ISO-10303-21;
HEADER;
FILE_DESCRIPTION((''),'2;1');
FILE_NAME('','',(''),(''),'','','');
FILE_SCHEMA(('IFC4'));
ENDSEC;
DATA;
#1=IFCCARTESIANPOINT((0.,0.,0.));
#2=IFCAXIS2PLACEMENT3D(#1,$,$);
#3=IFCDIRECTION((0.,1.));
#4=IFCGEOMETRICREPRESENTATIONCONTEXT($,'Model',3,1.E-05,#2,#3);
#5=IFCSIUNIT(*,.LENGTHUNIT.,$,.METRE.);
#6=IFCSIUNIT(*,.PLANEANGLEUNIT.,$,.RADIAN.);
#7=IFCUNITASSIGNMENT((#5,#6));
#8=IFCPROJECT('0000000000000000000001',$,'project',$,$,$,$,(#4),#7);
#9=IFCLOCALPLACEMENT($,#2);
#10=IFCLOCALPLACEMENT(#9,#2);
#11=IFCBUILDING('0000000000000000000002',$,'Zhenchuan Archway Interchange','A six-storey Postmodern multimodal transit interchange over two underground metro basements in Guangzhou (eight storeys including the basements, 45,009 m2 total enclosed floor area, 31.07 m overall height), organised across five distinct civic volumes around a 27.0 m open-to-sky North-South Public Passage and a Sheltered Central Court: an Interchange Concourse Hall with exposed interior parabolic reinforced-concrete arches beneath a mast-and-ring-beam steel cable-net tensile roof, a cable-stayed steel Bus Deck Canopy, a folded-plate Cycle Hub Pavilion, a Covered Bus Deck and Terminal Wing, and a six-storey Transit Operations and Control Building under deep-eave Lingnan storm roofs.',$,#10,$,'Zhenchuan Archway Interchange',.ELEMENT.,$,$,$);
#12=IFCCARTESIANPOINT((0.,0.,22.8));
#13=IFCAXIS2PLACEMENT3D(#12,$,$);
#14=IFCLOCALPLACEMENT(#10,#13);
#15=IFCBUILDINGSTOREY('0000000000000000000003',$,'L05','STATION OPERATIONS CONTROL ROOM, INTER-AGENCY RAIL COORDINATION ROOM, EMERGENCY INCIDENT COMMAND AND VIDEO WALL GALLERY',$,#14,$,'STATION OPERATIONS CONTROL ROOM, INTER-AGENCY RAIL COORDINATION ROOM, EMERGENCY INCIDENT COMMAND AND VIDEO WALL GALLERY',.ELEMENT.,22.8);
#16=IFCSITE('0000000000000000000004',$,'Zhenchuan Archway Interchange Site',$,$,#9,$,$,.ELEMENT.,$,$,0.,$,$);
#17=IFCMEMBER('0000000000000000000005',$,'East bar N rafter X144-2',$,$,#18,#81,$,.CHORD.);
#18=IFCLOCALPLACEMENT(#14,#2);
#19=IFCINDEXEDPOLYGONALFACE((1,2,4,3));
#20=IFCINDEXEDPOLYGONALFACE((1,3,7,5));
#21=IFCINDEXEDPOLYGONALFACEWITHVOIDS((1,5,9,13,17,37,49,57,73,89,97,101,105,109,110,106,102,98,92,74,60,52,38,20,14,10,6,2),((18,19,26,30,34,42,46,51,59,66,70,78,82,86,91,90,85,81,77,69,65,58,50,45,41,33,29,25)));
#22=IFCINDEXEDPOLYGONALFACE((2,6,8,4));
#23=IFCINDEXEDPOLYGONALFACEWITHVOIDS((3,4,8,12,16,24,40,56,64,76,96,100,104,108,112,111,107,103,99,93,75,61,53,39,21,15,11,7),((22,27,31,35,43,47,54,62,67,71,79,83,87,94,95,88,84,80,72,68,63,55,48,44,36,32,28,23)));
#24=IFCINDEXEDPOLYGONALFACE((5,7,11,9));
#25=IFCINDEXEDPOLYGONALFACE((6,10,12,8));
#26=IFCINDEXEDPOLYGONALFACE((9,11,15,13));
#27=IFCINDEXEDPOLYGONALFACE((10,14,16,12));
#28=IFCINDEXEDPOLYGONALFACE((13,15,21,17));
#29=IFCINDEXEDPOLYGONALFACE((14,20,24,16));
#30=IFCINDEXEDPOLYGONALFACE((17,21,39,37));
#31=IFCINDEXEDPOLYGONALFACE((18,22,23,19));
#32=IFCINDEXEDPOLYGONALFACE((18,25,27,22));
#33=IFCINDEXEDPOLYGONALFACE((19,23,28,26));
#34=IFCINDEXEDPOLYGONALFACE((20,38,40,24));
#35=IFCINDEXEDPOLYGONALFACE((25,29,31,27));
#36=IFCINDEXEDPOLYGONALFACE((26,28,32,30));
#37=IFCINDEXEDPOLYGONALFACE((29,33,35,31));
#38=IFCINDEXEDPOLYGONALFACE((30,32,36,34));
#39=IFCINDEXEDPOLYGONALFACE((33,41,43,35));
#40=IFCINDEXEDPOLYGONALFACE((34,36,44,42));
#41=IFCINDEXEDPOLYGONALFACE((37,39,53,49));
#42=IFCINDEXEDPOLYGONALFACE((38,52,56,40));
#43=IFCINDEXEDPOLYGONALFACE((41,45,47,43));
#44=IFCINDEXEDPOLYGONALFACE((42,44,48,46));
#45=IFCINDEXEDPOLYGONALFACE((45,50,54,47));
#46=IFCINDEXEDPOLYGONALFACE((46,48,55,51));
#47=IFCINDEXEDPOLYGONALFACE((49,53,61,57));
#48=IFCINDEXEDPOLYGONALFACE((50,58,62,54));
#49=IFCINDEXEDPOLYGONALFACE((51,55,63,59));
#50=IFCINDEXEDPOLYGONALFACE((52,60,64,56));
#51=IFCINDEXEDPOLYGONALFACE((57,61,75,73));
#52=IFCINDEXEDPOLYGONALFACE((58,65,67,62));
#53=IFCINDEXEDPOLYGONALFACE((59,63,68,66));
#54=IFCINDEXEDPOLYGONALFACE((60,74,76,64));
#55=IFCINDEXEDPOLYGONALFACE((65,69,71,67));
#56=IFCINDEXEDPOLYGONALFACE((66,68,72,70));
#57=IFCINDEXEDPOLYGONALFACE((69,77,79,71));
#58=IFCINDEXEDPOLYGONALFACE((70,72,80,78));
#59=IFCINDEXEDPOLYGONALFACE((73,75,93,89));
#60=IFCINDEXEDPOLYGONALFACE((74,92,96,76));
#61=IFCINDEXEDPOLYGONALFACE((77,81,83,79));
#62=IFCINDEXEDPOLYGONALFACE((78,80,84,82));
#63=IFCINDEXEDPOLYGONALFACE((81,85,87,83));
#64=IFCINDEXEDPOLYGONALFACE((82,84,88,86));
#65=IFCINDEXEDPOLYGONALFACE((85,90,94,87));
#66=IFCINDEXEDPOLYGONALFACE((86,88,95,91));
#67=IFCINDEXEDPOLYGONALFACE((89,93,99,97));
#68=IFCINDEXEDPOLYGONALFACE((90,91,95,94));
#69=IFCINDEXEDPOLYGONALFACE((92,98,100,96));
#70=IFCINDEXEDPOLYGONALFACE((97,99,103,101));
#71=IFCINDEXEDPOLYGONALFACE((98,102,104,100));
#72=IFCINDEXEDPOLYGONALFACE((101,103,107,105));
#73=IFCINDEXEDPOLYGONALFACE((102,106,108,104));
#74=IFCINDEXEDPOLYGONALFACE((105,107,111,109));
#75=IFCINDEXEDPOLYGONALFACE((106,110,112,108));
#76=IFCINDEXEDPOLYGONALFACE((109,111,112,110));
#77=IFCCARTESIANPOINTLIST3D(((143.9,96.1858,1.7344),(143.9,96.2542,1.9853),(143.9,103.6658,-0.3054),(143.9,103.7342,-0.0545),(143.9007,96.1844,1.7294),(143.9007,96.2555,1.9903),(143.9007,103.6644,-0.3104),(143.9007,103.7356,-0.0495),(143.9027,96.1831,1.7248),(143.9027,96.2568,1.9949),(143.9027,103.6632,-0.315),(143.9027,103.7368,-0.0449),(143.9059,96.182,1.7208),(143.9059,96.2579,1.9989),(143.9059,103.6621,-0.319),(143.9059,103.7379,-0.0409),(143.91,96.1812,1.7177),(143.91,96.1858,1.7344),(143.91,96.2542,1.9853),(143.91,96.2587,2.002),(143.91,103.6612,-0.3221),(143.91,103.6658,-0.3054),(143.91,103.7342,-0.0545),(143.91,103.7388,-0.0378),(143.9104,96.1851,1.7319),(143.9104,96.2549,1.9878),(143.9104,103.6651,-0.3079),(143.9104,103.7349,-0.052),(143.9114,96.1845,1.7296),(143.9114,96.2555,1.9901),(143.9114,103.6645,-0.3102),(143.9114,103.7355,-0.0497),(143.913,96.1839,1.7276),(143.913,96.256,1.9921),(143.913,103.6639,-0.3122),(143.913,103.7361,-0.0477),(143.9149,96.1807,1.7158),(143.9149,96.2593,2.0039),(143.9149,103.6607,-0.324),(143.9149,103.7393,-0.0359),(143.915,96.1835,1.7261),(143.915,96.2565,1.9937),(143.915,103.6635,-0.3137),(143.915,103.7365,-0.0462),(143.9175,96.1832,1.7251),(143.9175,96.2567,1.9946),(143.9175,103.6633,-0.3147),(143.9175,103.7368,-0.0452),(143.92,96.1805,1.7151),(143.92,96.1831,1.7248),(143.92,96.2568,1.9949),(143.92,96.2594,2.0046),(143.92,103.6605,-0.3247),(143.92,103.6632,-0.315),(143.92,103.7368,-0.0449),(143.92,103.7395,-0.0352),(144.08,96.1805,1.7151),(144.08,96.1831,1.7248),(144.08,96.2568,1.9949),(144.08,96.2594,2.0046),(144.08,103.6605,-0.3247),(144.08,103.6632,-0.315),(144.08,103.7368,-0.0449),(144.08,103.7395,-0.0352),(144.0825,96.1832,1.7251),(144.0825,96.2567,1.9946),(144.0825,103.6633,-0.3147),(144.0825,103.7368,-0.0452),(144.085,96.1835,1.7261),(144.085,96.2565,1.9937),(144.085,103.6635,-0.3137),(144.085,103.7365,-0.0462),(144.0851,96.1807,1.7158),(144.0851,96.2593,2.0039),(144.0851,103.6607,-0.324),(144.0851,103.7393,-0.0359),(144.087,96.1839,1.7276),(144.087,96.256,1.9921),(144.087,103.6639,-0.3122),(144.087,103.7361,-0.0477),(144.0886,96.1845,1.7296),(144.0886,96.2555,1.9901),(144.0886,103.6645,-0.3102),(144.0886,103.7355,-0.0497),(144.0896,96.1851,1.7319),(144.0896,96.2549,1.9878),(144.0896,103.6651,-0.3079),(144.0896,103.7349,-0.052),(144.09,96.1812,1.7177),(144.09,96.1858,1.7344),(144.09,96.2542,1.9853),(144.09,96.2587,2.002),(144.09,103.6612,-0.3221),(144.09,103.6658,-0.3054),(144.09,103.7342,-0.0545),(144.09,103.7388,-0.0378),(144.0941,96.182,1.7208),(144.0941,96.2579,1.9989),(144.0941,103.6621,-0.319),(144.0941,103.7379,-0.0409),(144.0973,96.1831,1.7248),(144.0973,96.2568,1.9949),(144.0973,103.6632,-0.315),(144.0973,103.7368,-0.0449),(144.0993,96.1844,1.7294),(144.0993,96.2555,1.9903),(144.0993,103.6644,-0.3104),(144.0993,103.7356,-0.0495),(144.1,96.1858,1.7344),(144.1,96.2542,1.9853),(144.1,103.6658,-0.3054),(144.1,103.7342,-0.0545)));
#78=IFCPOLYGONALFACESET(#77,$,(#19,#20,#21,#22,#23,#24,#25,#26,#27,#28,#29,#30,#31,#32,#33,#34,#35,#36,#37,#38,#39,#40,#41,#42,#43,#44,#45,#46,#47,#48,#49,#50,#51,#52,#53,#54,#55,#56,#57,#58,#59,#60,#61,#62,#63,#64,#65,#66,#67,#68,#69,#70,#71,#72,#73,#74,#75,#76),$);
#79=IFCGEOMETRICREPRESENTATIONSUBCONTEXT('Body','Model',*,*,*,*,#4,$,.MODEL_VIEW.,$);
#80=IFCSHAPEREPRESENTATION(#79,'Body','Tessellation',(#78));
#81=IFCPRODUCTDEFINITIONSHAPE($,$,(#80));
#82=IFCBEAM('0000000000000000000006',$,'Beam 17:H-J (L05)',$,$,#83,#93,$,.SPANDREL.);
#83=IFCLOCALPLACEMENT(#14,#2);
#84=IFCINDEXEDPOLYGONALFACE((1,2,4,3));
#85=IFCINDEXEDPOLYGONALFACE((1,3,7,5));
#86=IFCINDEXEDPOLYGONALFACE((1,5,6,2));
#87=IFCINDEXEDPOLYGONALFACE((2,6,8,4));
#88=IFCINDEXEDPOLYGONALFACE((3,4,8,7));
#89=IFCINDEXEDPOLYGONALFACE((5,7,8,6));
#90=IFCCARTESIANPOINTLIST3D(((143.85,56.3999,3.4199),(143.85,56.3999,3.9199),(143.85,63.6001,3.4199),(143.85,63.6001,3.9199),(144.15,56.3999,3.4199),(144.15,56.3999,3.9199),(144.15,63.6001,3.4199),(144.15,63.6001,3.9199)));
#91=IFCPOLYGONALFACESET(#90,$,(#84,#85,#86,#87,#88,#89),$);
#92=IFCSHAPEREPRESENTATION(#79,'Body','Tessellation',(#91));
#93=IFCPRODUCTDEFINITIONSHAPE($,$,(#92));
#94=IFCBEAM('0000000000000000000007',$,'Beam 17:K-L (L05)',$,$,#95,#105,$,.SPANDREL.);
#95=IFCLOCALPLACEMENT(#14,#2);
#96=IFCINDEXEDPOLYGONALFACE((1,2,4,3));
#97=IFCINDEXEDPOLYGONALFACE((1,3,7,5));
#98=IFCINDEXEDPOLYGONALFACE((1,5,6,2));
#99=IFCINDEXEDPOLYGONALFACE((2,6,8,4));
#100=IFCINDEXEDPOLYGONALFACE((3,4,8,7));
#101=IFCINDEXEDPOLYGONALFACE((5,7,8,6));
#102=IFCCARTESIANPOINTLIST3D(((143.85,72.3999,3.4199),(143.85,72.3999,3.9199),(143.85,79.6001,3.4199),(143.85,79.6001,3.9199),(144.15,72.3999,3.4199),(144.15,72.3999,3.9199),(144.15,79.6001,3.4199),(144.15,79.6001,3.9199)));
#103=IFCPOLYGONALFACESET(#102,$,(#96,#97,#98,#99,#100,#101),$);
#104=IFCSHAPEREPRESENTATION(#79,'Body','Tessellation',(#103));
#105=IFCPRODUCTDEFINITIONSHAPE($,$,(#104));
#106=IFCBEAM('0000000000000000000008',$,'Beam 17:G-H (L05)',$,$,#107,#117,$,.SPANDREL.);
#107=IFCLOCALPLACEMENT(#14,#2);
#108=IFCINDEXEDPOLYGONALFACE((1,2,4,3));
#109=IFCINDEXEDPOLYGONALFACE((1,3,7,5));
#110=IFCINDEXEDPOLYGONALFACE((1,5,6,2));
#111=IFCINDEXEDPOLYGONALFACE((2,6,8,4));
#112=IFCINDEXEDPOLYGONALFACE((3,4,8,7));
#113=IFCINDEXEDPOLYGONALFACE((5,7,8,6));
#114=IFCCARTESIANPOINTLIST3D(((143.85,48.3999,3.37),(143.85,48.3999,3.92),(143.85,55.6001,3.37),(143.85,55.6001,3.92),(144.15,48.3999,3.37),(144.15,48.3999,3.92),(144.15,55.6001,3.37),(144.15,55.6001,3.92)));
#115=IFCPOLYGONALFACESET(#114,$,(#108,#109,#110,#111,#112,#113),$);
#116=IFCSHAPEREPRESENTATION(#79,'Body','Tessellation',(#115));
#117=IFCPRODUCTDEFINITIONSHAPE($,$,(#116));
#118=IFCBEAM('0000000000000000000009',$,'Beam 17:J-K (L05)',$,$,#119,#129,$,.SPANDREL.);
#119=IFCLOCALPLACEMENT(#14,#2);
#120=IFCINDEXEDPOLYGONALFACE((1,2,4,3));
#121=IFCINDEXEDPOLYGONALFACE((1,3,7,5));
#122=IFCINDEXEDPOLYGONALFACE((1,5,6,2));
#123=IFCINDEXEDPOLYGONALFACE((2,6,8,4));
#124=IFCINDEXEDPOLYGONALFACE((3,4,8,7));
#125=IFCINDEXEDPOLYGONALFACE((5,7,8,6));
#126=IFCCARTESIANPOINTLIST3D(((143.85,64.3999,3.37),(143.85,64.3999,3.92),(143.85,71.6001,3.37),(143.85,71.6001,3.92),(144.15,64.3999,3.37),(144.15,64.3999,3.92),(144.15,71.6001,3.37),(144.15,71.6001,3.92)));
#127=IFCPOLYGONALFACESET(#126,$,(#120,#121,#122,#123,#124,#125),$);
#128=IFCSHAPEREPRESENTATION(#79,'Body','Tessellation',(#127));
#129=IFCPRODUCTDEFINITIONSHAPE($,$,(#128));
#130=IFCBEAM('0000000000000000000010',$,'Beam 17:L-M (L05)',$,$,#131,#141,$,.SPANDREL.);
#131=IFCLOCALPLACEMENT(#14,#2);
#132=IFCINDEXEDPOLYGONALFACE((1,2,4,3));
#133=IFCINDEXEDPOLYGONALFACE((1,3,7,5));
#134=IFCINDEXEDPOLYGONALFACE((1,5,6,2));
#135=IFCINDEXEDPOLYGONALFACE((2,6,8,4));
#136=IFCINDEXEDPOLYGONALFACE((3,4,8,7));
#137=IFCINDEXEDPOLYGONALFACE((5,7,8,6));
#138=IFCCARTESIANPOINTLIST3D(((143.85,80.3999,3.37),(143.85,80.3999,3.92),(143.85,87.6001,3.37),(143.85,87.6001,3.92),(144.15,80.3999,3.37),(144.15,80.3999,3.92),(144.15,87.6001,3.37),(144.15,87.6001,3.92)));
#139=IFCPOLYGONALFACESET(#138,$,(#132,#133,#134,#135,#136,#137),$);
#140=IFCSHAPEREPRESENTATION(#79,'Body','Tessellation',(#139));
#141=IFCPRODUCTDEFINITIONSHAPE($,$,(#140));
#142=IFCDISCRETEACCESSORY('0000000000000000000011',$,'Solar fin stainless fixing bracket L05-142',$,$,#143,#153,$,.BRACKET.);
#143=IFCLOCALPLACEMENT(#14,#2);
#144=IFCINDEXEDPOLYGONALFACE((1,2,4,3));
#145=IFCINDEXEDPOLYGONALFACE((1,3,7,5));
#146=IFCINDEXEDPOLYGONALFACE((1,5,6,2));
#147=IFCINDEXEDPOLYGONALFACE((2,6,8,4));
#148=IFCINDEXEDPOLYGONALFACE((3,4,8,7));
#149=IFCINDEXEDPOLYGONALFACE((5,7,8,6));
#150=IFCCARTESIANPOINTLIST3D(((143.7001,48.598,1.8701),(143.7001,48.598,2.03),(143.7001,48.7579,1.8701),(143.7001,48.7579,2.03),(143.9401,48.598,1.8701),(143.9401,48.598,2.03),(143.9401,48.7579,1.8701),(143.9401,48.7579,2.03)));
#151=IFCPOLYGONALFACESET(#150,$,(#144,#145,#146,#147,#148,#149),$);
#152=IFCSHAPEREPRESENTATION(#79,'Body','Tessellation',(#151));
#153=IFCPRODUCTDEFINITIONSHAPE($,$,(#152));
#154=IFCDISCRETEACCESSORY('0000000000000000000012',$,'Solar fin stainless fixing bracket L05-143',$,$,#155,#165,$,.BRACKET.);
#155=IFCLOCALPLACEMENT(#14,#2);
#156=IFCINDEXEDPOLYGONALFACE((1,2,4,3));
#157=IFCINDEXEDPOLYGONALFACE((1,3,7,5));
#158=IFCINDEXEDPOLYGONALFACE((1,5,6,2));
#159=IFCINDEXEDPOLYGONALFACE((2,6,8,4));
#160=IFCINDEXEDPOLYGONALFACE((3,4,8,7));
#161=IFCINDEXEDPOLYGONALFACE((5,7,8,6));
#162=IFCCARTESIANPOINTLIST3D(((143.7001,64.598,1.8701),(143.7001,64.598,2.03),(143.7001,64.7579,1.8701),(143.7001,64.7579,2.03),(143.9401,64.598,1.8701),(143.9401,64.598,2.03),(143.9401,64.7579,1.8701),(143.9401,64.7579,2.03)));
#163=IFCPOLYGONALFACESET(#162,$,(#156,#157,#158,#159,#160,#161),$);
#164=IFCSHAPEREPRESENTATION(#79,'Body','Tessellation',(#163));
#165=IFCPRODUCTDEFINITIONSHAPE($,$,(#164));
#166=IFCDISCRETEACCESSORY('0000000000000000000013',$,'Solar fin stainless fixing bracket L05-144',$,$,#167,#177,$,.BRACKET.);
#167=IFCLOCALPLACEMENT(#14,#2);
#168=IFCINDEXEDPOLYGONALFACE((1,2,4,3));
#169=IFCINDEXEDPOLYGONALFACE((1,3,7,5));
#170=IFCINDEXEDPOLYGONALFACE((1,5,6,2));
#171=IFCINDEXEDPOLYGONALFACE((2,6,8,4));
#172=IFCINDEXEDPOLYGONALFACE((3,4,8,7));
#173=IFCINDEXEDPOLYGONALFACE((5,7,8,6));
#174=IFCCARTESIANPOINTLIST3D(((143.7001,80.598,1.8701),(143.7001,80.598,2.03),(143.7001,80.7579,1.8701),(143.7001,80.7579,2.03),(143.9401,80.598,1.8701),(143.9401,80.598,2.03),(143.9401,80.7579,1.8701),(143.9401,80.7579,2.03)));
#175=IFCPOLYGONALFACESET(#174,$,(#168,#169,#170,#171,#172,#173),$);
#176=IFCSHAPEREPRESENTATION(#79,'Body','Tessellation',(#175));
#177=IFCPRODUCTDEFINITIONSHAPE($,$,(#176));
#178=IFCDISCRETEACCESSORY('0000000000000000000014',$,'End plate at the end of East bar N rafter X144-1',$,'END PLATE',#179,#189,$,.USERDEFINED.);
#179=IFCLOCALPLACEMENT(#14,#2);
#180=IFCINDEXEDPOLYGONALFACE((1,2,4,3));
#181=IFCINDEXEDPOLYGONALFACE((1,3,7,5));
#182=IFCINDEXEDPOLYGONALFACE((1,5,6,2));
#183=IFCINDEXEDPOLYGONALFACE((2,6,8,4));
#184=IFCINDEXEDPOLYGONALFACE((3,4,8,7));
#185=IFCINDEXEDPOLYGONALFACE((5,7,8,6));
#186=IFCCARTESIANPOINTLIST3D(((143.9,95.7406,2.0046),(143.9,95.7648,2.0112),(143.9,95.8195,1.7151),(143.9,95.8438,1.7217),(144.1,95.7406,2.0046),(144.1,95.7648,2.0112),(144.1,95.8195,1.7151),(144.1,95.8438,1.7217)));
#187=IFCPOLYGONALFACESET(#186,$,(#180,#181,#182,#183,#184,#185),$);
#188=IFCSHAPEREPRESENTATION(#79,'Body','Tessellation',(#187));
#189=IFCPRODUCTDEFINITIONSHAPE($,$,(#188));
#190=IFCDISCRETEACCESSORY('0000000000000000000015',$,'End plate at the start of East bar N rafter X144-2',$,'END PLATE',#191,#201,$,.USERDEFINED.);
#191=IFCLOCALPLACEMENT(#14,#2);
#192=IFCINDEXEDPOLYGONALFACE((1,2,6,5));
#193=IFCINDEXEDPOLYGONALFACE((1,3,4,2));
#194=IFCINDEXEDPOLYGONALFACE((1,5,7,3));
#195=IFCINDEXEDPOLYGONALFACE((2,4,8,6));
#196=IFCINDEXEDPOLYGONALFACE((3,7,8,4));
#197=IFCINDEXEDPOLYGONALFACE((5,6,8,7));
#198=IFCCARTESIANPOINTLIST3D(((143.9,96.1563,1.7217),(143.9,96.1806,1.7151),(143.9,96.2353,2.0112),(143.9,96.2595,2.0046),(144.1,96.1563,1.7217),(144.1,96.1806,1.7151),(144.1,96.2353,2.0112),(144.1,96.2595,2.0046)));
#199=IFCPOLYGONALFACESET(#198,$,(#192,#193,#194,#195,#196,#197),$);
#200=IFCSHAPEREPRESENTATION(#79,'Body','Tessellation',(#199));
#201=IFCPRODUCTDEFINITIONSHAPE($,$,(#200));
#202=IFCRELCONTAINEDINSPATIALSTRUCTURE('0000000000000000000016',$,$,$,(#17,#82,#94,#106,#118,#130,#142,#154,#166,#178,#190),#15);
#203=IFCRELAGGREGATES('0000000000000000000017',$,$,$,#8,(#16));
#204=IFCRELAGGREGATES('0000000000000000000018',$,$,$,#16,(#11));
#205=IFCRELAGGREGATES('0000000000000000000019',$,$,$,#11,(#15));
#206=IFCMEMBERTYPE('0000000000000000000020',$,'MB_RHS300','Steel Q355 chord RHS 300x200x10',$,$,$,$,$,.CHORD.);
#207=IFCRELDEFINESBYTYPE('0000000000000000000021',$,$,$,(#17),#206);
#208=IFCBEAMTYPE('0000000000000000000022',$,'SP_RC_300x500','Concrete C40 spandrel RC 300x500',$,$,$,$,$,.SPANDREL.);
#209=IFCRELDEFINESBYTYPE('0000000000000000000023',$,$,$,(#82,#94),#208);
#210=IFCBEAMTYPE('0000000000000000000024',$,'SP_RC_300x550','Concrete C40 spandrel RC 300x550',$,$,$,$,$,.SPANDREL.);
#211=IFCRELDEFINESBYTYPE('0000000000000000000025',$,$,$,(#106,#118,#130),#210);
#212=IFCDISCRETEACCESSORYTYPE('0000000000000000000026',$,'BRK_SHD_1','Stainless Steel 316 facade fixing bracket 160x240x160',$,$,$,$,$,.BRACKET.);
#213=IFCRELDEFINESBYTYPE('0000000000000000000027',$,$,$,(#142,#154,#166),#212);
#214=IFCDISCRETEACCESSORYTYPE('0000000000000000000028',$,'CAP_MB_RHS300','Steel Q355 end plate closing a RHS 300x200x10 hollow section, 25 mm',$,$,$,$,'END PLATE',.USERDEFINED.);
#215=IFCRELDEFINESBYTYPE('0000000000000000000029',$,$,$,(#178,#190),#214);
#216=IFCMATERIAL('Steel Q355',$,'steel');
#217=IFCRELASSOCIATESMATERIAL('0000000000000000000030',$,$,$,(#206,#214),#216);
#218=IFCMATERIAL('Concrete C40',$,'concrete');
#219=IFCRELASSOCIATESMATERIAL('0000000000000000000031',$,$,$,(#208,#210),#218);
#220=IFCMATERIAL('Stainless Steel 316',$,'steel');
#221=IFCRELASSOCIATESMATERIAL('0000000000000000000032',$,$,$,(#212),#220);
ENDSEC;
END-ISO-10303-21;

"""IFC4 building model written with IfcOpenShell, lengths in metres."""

from ifc_helpers import new_model, si_unit, direction, frame, origin, origin_2d, place, context, subcontext, project, spatial, rectangle, hollow_rectangle, extrude, material, material_profile, profile_set, type_object, element, save


model = new_model("IFC4")

# Units and contexts
model_context = context("Model", 3, precision=1e-05, world=origin(), true_north=direction((0.0, 1.0)))
body_context = subcontext(model_context, "Body", "Model", "MODEL_VIEW")
ifc_project = project(units=[si_unit("LENGTHUNIT", "METRE"), si_unit("PLANEANGLEUNIT", "RADIAN")], contexts=[model_context])

# Site, building, storey
site_placement = place(None, origin())
site = spatial("IfcSite", under=ifc_project, at=site_placement, Name="Zhenchuan Archway Interchange Site", CompositionType="ELEMENT", RefElevation=0.0)
building_placement = place(site_placement, origin())
building = spatial("IfcBuilding", under=site, at=building_placement, Name="Zhenchuan Archway Interchange", Description="A six-storey Postmodern multimodal transit interchange over two underground metro basements in Guangzhou (eight storeys including the basements, 45,009 m2 total enclosed floor area, 31.07 m overall height), organised across five distinct civic volumes around a 27.0 m open-to-sky North-South Public Passage and a Sheltered Central Court: an Interchange Concourse Hall with exposed interior parabolic reinforced-concrete arches beneath a mast-and-ring-beam steel cable-net tensile roof, a cable-stayed steel Bus Deck Canopy, a folded-plate Cycle Hub Pavilion, a Covered Bus Deck and Terminal Wing, and a six-storey Transit Operations and Control Building under deep-eave Lingnan storm roofs.", LongName="Zhenchuan Archway Interchange", CompositionType="ELEMENT")
storey_placement = place(building_placement, frame((0.0, 0.0, 22.8)))
storey = spatial("IfcBuildingStorey", under=building, at=storey_placement, Name="L05", Description="STATION OPERATIONS CONTROL ROOM, INTER-AGENCY RAIL COORDINATION ROOM, EMERGENCY INCIDENT COMMAND AND VIDEO WALL GALLERY", LongName="STATION OPERATIONS CONTROL ROOM, INTER-AGENCY RAIL COORDINATION ROOM, EMERGENCY INCIDENT COMMAND AND VIDEO WALL GALLERY", CompositionType="ELEMENT", Elevation=22.8)

# Shared definitions
ifc_material_1 = material(Name="Concrete C40", Category="concrete")
ifc_material_2 = material(Name="Steel Q355", Category="steel")

# Member
ifc_material_profile_1 = material_profile(ifc_material_2, hollow_rectangle(XDim=0.2, YDim=0.3, WallThickness=0.01, InnerFilletRadius=0.01, OuterFilletRadius=0.02, at=origin_2d()), Name="RHS 300x200x10")
ifc_profile_set_1 = profile_set([ifc_material_profile_1], Name="Steel Q355")
member_type = type_object("IfcMemberType", Name="MB_RHS300", Description="Steel Q355 chord RHS 300x200x10", PredefinedType="CHORD", material=ifc_profile_set_1)
for number, where, z_axis, x_axis, name in (
    (1, (144.0, 96.22, 1.8599), (0.0, 0.96477, -0.263093), (-1.0, 0.0, 0.0), "East bar N rafter X144-2"),
):
    element("IfcMember", number, at=place(storey_placement, frame(where, z_axis=z_axis, x_axis=x_axis)), inside=storey, type_object=member_type, Name=name, PredefinedType="CHORD", context=body_context, shape_type="SweptSolid", body=[
        extrude(hollow_rectangle(XDim=0.2, YDim=0.3, WallThickness=0.01, InnerFilletRadius=0.01, OuterFilletRadius=0.02, at=origin_2d()), origin(), (0.0, 0.0, 1.0), 7.7532),
    ])

# Beams
ifc_material_profile_2 = material_profile(ifc_material_1, rectangle(XDim=0.3, YDim=0.5, at=origin_2d()), Name="RC 300x500")
ifc_profile_set_2 = profile_set([ifc_material_profile_2], Name="Concrete C40")
beam_type_1 = type_object("IfcBeamType", Name="SP_RC_300x500", Description="Concrete C40 spandrel RC 300x500", PredefinedType="SPANDREL", material=ifc_profile_set_2)
for number, where, z_axis, x_axis, name in (
    (2, (144.0, 56.3999, 3.6699), (0.0, 1.0, 0.0), (-1.0, 0.0, 0.0), "Beam 17:H-J (L05)"),
    (3, (144.0, 72.3999, 3.6699), (0.0, 1.0, 0.0), (-1.0, 0.0, 0.0), "Beam 17:K-L (L05)"),
):
    element("IfcBeam", number, at=place(storey_placement, frame(where, z_axis=z_axis, x_axis=x_axis)), inside=storey, type_object=beam_type_1, Name=name, PredefinedType="SPANDREL", context=body_context, shape_type="SweptSolid", body=[
        extrude(rectangle(XDim=0.3, YDim=0.5, at=origin_2d()), origin(), (0.0, 0.0, 1.0), 7.2002),
    ])
ifc_material_profile_3 = material_profile(ifc_material_1, rectangle(XDim=0.3, YDim=0.55, at=origin_2d()), Name="RC 300x550")
ifc_profile_set_3 = profile_set([ifc_material_profile_3], Name="Concrete C40")
beam_type_2 = type_object("IfcBeamType", Name="SP_RC_300x550", Description="Concrete C40 spandrel RC 300x550", PredefinedType="SPANDREL", material=ifc_profile_set_3)
for number, where, z_axis, x_axis, name in (
    (4, (144.0, 48.3999, 3.645), (0.0, 1.0, 0.0), (-1.0, 0.0, 0.0), "Beam 17:G-H (L05)"),
    (5, (144.0, 64.3999, 3.645), (0.0, 1.0, 0.0), (-1.0, 0.0, 0.0), "Beam 17:J-K (L05)"),
    (6, (144.0, 80.3999, 3.645), (0.0, 1.0, 0.0), (-1.0, 0.0, 0.0), "Beam 17:L-M (L05)"),
):
    element("IfcBeam", number, at=place(storey_placement, frame(where, z_axis=z_axis, x_axis=x_axis)), inside=storey, type_object=beam_type_2, Name=name, PredefinedType="SPANDREL", context=body_context, shape_type="SweptSolid", body=[
        extrude(rectangle(XDim=0.3, YDim=0.55, at=origin_2d()), origin(), (0.0, 0.0, 1.0), 7.2002),
    ])

# Discrete accessories
ifc_material_3 = material(Name="Stainless Steel 316", Category="steel")
discrete_accessory_type_1 = type_object("IfcDiscreteAccessoryType", Name="BRK_SHD_1", Description="Stainless Steel 316 facade fixing bracket 160x240x160", PredefinedType="BRACKET", material=ifc_material_3)
for number, where, z_axis, x_axis, name in (
    (7, (143.8201, 48.678, 1.8701), (0.0, 0.0, 1.0), (0.0, 1.0, 0.0), "Solar fin stainless fixing bracket L05-142"),
    (8, (143.8201, 64.678, 1.8701), (0.0, 0.0, 1.0), (0.0, 1.0, 0.0), "Solar fin stainless fixing bracket L05-143"),
    (9, (143.8201, 80.678, 1.8701), (0.0, 0.0, 1.0), (0.0, 1.0, 0.0), "Solar fin stainless fixing bracket L05-144"),
):
    element("IfcDiscreteAccessory", number, at=place(storey_placement, frame(where, z_axis=z_axis, x_axis=x_axis)), inside=storey, type_object=discrete_accessory_type_1, Name=name, PredefinedType="BRACKET", context=body_context, shape_type="SweptSolid", body=[
        extrude(rectangle(XDim=0.1599, YDim=0.24, at=origin_2d()), origin(), (0.0, 0.0, 1.0), 0.1599),
    ])
discrete_accessory_type_2 = type_object("IfcDiscreteAccessoryType", Name="CAP_MB_RHS300", Description="Steel Q355 end plate closing a RHS 300x200x10 hollow section, 25 mm", ElementType="END PLATE", PredefinedType="USERDEFINED", material=ifc_material_2)
for number, where, z_axis, x_axis, name in (
    (10, (144.0, 95.78, 1.8599), (0.0, 0.964764, 0.263117), (-1.0, 0.0, 0.0), "End plate at the end of East bar N rafter X144-1"),
    (11, (144.0, 96.1958, 1.8665), (0.0, 0.964764, -0.263117), (-1.0, 0.0, 0.0), "End plate at the start of East bar N rafter X144-2"),
):
    element("IfcDiscreteAccessory", number, at=place(storey_placement, frame(where, z_axis=z_axis, x_axis=x_axis)), inside=storey, type_object=discrete_accessory_type_2, Name=name, ObjectType="END PLATE", PredefinedType="USERDEFINED", context=body_context, shape_type="SweptSolid", body=[
        extrude(rectangle(XDim=0.2, YDim=0.3, at=origin_2d()), origin(), (0.0, 0.0, 1.0), 0.0251),
    ])

save(model, "model.ifc")
